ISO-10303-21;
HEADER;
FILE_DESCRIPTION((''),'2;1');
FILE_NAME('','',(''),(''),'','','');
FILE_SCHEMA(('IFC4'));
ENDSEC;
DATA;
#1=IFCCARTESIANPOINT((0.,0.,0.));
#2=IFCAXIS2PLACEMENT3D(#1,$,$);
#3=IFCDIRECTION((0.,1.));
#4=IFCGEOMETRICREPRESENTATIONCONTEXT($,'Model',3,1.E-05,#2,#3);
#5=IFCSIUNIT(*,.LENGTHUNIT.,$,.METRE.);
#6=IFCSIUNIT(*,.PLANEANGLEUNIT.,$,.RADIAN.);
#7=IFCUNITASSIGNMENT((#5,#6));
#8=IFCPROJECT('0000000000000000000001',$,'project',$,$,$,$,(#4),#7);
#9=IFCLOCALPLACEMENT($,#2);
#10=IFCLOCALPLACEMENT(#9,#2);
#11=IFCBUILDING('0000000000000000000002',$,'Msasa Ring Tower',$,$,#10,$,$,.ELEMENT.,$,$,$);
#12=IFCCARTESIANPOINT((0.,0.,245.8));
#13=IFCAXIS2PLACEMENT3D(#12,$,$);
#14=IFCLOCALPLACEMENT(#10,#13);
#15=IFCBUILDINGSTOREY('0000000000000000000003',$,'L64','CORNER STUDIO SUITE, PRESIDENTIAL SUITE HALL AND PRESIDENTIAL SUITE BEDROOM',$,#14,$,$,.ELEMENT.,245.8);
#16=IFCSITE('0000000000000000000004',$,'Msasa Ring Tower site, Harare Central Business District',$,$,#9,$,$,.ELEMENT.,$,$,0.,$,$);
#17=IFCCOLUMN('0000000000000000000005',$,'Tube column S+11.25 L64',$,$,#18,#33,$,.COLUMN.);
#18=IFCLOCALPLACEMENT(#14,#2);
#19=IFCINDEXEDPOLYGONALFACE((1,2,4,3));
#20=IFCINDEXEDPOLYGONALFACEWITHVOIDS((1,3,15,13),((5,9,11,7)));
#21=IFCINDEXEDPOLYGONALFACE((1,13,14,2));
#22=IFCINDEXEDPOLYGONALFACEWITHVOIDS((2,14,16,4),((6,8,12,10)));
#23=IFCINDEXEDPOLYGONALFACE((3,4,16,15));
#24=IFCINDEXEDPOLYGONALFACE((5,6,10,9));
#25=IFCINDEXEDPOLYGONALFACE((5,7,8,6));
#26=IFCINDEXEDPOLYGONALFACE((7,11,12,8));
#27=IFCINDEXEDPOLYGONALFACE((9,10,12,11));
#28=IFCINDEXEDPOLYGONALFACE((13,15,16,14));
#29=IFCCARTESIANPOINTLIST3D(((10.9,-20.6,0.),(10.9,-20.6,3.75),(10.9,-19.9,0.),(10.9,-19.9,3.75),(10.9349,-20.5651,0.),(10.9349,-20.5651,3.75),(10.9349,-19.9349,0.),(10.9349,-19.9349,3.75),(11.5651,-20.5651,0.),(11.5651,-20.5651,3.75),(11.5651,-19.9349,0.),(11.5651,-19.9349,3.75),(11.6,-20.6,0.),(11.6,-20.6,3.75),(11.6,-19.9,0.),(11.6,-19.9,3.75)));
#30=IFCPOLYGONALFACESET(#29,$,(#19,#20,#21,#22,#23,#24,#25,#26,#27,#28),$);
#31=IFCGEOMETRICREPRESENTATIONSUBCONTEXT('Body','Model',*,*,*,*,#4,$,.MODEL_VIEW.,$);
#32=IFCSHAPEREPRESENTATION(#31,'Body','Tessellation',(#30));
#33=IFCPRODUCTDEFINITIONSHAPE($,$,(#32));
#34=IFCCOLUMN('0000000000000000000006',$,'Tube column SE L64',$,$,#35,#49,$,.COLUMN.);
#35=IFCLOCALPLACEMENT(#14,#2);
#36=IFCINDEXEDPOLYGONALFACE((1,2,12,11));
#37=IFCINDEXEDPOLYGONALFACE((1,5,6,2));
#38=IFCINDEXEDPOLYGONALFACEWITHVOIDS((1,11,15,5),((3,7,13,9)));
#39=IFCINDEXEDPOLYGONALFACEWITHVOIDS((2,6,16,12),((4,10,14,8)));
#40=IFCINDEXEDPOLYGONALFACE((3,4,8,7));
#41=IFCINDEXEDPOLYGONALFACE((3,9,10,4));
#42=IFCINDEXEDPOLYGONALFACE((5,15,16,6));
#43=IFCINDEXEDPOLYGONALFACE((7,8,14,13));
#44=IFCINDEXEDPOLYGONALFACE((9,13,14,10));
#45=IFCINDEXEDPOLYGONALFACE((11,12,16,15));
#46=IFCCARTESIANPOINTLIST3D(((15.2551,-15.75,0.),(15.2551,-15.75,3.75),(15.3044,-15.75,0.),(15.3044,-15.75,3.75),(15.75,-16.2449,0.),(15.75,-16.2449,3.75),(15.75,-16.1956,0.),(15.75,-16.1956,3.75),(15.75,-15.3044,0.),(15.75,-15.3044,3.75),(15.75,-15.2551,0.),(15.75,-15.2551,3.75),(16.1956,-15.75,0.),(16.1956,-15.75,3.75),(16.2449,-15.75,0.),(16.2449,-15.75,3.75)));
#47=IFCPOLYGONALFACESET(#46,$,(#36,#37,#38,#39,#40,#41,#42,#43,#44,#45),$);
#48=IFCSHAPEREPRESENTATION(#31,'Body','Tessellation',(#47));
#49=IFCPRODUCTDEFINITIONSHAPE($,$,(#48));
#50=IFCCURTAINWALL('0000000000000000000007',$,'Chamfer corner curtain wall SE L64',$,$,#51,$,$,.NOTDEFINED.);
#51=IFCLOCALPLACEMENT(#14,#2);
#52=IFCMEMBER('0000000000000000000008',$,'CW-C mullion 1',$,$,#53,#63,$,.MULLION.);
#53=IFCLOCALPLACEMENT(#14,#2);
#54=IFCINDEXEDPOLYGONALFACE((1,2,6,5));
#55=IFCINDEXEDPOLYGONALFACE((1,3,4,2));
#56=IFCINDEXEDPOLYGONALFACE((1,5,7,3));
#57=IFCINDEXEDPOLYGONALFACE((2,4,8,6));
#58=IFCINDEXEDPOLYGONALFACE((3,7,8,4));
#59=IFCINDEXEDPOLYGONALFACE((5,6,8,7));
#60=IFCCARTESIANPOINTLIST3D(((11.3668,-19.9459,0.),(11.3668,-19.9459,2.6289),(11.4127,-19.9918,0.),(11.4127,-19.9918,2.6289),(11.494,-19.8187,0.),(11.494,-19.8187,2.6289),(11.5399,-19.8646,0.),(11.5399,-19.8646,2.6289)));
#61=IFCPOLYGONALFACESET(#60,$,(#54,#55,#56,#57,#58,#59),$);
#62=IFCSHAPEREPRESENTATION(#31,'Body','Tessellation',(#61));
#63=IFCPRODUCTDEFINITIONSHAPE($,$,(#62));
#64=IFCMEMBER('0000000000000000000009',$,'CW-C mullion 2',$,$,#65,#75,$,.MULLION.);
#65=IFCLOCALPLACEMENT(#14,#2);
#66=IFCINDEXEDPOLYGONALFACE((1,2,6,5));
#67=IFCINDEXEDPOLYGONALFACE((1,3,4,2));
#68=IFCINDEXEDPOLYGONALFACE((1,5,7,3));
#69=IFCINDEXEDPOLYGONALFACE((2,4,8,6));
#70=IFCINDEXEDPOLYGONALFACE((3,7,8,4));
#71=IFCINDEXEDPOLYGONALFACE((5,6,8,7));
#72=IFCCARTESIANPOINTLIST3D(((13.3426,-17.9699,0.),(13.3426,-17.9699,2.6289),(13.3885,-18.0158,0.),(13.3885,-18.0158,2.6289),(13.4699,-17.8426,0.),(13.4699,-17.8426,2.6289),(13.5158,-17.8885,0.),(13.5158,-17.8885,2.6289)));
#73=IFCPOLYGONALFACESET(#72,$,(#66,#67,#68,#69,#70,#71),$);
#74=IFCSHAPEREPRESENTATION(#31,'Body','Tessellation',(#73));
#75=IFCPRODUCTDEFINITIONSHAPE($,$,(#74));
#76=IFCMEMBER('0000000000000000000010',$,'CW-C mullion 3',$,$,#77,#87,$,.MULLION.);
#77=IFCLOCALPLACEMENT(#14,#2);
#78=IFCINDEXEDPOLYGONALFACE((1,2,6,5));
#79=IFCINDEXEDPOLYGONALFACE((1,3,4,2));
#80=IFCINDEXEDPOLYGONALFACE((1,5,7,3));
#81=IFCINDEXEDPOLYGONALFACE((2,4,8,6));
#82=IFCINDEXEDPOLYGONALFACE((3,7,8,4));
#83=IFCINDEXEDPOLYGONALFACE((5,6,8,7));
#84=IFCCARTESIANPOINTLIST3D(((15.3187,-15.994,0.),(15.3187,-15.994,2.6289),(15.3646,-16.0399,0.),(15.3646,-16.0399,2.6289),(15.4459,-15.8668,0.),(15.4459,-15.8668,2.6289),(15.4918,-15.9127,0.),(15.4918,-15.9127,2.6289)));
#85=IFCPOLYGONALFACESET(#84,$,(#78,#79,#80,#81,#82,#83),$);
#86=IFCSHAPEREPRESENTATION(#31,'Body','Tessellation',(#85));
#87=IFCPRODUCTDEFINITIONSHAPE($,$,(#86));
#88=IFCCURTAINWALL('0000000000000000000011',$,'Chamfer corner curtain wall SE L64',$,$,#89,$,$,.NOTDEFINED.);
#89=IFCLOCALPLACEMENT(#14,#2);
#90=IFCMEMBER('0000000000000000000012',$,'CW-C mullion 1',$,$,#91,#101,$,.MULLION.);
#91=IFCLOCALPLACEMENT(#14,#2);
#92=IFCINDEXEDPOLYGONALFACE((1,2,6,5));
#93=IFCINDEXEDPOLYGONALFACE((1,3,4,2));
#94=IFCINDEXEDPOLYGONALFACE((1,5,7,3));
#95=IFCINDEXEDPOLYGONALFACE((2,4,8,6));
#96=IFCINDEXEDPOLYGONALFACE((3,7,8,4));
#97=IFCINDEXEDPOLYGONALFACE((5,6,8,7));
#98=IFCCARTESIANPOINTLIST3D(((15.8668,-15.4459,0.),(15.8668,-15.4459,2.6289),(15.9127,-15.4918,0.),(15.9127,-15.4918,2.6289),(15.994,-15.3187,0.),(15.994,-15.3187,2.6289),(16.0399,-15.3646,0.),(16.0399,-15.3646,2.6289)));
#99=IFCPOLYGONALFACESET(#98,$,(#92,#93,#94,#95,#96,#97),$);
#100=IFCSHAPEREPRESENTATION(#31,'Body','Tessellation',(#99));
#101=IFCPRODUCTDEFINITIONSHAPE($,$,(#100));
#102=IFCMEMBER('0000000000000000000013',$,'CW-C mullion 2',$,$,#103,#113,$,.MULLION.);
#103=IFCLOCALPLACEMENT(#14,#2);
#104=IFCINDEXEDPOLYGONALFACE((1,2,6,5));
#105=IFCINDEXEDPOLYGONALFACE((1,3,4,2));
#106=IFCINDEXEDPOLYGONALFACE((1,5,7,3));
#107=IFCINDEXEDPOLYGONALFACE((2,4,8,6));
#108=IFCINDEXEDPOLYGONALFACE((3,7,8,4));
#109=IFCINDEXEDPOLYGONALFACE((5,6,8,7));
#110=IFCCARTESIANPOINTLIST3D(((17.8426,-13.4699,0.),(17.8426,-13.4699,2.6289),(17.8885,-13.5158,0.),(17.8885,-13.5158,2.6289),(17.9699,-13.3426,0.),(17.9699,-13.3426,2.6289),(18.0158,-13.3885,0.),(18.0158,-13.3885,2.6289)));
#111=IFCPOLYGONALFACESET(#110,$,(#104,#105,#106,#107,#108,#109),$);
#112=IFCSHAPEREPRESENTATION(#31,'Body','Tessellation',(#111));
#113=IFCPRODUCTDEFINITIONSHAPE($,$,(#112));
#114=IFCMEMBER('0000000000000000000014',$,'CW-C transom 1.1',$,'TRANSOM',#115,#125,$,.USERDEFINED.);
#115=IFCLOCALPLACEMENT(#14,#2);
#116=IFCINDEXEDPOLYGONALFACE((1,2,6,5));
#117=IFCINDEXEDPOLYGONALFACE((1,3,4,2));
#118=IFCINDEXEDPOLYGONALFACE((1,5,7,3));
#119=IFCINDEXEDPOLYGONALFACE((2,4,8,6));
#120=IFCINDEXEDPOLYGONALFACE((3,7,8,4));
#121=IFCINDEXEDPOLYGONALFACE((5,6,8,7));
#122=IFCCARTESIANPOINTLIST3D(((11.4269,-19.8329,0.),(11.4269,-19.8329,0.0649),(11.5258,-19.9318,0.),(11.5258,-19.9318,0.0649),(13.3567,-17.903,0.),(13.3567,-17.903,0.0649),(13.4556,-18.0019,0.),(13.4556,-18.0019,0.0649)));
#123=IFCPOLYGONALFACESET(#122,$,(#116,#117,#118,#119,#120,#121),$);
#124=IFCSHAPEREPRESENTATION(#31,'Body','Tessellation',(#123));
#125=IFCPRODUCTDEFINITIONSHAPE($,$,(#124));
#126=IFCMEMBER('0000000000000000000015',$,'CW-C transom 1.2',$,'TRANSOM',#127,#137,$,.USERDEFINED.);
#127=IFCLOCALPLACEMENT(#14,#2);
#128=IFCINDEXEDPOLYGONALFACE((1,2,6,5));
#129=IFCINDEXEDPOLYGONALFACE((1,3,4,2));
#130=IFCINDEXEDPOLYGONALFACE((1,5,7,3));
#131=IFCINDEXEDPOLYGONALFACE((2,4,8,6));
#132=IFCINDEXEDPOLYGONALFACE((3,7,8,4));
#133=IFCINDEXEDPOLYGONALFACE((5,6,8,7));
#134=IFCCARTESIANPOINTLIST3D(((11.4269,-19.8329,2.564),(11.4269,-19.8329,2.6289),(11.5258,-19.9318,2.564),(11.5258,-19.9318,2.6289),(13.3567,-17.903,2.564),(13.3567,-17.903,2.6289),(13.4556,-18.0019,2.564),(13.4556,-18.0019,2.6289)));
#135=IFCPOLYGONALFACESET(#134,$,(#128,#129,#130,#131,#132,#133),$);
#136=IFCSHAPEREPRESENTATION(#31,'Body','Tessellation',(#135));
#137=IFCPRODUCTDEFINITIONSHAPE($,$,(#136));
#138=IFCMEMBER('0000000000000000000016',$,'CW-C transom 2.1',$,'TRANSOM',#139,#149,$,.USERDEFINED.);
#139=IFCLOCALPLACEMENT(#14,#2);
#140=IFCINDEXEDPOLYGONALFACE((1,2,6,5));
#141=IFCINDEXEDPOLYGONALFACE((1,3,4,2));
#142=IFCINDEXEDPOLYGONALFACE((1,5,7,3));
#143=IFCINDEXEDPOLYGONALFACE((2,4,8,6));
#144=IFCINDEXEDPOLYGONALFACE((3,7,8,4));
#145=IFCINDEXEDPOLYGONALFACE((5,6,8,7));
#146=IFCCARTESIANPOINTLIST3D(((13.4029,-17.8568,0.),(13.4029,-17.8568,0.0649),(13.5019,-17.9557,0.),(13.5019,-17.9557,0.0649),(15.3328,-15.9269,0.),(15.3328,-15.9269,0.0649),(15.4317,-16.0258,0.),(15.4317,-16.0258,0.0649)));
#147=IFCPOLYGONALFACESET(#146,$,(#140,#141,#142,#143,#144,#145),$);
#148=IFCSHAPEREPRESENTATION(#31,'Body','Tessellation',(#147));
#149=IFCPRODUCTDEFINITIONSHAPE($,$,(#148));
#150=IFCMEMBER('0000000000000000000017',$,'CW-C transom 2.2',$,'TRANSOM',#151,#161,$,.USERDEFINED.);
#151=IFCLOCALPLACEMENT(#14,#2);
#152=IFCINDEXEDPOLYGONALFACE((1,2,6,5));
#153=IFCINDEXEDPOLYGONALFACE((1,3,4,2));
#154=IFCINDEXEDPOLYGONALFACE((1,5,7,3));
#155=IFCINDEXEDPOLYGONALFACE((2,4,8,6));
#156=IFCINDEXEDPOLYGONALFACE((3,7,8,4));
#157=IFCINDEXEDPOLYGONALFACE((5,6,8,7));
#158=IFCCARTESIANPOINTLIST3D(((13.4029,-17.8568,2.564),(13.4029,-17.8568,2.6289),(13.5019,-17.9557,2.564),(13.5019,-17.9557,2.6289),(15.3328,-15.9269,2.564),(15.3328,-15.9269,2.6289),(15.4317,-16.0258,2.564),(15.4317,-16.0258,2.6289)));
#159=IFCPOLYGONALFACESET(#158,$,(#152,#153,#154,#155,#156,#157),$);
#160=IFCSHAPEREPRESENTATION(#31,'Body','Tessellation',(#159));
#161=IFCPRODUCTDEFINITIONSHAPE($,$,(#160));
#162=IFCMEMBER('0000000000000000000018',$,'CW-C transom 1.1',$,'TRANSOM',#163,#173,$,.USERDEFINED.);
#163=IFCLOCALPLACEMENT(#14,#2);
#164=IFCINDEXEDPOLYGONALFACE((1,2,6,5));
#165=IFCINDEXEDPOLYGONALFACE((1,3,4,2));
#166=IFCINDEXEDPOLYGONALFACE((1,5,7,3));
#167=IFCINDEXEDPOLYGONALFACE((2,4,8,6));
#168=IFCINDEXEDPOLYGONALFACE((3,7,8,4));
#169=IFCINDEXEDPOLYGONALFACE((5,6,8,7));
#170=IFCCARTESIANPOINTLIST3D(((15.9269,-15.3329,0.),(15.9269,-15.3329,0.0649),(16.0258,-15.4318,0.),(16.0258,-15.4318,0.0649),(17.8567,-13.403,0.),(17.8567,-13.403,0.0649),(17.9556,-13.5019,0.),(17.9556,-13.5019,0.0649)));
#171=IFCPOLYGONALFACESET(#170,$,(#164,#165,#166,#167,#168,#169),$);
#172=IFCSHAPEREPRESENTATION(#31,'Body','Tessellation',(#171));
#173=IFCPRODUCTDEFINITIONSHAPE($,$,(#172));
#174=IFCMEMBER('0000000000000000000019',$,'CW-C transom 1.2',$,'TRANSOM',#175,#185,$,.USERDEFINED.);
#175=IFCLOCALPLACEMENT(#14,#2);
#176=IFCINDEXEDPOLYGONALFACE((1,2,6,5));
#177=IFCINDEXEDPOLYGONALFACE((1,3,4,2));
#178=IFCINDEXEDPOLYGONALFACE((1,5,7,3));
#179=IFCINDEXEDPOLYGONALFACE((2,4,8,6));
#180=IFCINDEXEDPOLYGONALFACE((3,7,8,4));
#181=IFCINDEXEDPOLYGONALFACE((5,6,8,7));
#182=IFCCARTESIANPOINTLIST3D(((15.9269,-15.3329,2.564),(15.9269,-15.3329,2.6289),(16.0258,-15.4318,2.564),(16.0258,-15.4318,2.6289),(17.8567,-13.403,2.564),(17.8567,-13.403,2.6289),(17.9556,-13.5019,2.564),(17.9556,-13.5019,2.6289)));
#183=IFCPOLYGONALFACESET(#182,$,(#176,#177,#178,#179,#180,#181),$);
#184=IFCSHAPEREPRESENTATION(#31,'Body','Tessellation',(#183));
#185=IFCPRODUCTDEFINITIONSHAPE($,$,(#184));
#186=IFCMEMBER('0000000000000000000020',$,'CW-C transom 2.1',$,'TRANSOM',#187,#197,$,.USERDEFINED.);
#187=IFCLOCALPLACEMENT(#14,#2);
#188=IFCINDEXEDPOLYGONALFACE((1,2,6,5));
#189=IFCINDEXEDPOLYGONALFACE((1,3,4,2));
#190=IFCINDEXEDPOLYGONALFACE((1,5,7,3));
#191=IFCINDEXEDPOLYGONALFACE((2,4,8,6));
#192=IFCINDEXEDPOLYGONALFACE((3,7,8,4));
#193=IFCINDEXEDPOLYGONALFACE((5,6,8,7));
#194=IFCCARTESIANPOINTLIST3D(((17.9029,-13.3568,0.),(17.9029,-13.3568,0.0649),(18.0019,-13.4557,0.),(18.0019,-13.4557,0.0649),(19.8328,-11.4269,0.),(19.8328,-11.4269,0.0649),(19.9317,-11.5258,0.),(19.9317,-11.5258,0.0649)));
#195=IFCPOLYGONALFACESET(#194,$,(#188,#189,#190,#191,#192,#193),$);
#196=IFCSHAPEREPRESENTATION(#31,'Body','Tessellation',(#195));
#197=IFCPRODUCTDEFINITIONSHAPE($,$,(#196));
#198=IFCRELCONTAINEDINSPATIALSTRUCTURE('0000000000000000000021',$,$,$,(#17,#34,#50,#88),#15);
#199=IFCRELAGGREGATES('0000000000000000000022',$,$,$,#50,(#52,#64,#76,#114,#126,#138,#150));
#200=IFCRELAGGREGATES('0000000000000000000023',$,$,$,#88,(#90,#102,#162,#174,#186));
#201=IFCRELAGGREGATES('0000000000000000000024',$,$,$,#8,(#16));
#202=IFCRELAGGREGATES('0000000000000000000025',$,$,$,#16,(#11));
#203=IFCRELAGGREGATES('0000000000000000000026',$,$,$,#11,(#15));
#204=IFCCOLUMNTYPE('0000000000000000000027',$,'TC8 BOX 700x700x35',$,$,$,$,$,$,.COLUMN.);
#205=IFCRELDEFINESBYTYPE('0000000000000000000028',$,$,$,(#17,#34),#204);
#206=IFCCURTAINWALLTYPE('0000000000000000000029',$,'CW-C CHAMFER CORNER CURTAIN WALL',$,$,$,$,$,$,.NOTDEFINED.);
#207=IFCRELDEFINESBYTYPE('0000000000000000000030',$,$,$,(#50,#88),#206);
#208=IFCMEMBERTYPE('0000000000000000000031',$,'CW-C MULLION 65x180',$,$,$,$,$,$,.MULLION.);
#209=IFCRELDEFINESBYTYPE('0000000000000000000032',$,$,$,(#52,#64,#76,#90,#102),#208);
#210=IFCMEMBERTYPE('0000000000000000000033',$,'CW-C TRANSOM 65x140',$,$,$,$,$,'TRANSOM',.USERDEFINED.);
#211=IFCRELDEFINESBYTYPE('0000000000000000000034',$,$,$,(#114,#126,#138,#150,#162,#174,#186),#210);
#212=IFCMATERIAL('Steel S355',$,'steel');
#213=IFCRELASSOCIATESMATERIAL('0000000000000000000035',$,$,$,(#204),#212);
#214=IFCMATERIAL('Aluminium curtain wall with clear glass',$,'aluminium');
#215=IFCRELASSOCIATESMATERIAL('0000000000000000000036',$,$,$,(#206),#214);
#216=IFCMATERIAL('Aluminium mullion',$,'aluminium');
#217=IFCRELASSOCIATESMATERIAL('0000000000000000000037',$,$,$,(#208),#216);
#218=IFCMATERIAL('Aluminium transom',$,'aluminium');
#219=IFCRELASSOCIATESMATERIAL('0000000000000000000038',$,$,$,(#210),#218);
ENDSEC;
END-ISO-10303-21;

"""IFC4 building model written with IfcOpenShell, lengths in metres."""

from ifc_helpers import new_model, si_unit, direction, frame, origin, origin_2d, place, context, subcontext, project, spatial, rectangle, hollow_rectangle, extrude, material, material_profile, profile_set, type_object, element, aggregate, save


model = new_model("IFC4")

# Units and contexts
model_context = context("Model", 3, precision=1e-05, world=origin(), true_north=direction((0.0, 1.0)))
body_context = subcontext(model_context, "Body", "Model", "MODEL_VIEW")
ifc_project = project(units=[si_unit("LENGTHUNIT", "METRE"), si_unit("PLANEANGLEUNIT", "RADIAN")], contexts=[model_context])

# Site, building, storey
site_placement = place(None, origin())
site = spatial("IfcSite", under=ifc_project, at=site_placement, Name="Msasa Ring Tower site, Harare Central Business District", CompositionType="ELEMENT", RefElevation=0.0)
building_placement = place(site_placement, origin())
building = spatial("IfcBuilding", under=site, at=building_placement, Name="Msasa Ring Tower", CompositionType="ELEMENT")
storey_placement = place(building_placement, frame((0.0, 0.0, 245.8)))
storey = spatial("IfcBuildingStorey", under=building, at=storey_placement, Name="L64", Description="CORNER STUDIO SUITE, PRESIDENTIAL SUITE HALL AND PRESIDENTIAL SUITE BEDROOM", CompositionType="ELEMENT", Elevation=245.8)

# Columns
ifc_material_1 = material(Name="Steel S355", Category="steel")
ifc_material_profile_1 = material_profile(ifc_material_1, hollow_rectangle(XDim=0.7, YDim=0.7, WallThickness=0.0349, at=origin_2d()), Name="BOX 700x700x35")
ifc_profile_set_1 = profile_set([ifc_material_profile_1], Name="Steel S355")
column_type = type_object("IfcColumnType", Name="TC8 BOX 700x700x35", PredefinedType="COLUMN", material=ifc_profile_set_1)
for number, where, z_axis, x_axis, name in (
    (1, (11.25, -20.25, 0.0), (0.0, 0.0, 1.0), (0.0, 1.0, 0.0), "Tube column S+11.25 L64"),
    (2, (15.75, -15.75, 0.0), (0.0, 0.0, 1.0), (0.707107, -0.707107, 0.0), "Tube column SE L64"),
):
    element("IfcColumn", number, at=place(storey_placement, frame(where, z_axis=z_axis, x_axis=x_axis)), inside=storey, type_object=column_type, Name=name, PredefinedType="COLUMN", context=body_context, shape_type="SweptSolid", body=[
        extrude(hollow_rectangle(XDim=0.7, YDim=0.7, WallThickness=0.0349, at=origin_2d()), origin(), (0.0, 0.0, 1.0), 3.75),
    ])

# Curtain walls, members
ifc_material_2 = material(Name="Aluminium curtain wall with clear glass", Category="aluminium")
curtain_wall_type = type_object("IfcCurtainWallType", Name="CW-C CHAMFER CORNER CURTAIN WALL", PredefinedType="NOTDEFINED", material=ifc_material_2)
curtain_wall_1_placement = place(storey_placement, origin())
curtain_wall_1 = element("IfcCurtainWall", 3, at=curtain_wall_1_placement, inside=storey, type_object=curtain_wall_type, Name="Chamfer corner curtain wall SE L64", PredefinedType="NOTDEFINED")
ifc_material_3 = material(Name="Aluminium mullion", Category="aluminium")
ifc_material_profile_2 = material_profile(ifc_material_3, rectangle(XDim=0.0649, YDim=0.1799, at=origin_2d()), Name="AL 65x180")
ifc_profile_set_2 = profile_set([ifc_material_profile_2], Name="Aluminium mullion")
member_type_1 = type_object("IfcMemberType", Name="CW-C MULLION 65x180", PredefinedType="MULLION", material=ifc_profile_set_2)
member_1_placement = place(storey_placement, frame((11.4534, -19.9053, 0.0), z_axis=(0.0, 0.0, 1.0), x_axis=(-0.707107, 0.707107, 0.0)))
member_1 = element("IfcMember", 4, at=member_1_placement, type_object=member_type_1, Name="CW-C mullion 1", PredefinedType="MULLION", context=body_context, shape_type="SweptSolid", body=[
    extrude(rectangle(XDim=0.0649, YDim=0.1799, at=origin_2d()), origin(), (0.0, 0.0, 1.0), 2.6289),
])
member_2_placement = place(storey_placement, frame((13.4292, -17.9292, 0.0), z_axis=(0.0, 0.0, 1.0), x_axis=(-0.707107, 0.707107, 0.0)))
member_2 = element("IfcMember", 5, at=member_2_placement, type_object=member_type_1, Name="CW-C mullion 2", PredefinedType="MULLION", context=body_context, shape_type="SweptSolid", body=[
    extrude(rectangle(XDim=0.0649, YDim=0.1799, at=origin_2d()), origin(), (0.0, 0.0, 1.0), 2.6289),
])
member_3_placement = place(storey_placement, frame((15.4053, -15.9534, 0.0), z_axis=(0.0, 0.0, 1.0), x_axis=(-0.707107, 0.707107, 0.0)))
member_3 = element("IfcMember", 6, at=member_3_placement, type_object=member_type_1, Name="CW-C mullion 3", PredefinedType="MULLION", context=body_context, shape_type="SweptSolid", body=[
    extrude(rectangle(XDim=0.0649, YDim=0.1799, at=origin_2d()), origin(), (0.0, 0.0, 1.0), 2.6289),
])
curtain_wall_2_placement = place(storey_placement, origin())
curtain_wall_2 = element("IfcCurtainWall", 7, at=curtain_wall_2_placement, inside=storey, type_object=curtain_wall_type, Name="Chamfer corner curtain wall SE L64", PredefinedType="NOTDEFINED")
member_4_placement = place(storey_placement, frame((15.9534, -15.4053, 0.0), z_axis=(0.0, 0.0, 1.0), x_axis=(-0.707107, 0.707107, 0.0)))
member_4 = element("IfcMember", 8, at=member_4_placement, type_object=member_type_1, Name="CW-C mullion 1", PredefinedType="MULLION", context=body_context, shape_type="SweptSolid", body=[
    extrude(rectangle(XDim=0.0649, YDim=0.1799, at=origin_2d()), origin(), (0.0, 0.0, 1.0), 2.6289),
])
member_5_placement = place(storey_placement, frame((17.9292, -13.4292, 0.0), z_axis=(0.0, 0.0, 1.0), x_axis=(-0.707107, 0.707107, 0.0)))
member_5 = element("IfcMember", 9, at=member_5_placement, type_object=member_type_1, Name="CW-C mullion 2", PredefinedType="MULLION", context=body_context, shape_type="SweptSolid", body=[
    extrude(rectangle(XDim=0.0649, YDim=0.1799, at=origin_2d()), origin(), (0.0, 0.0, 1.0), 2.6289),
])

# Members
ifc_material_4 = material(Name="Aluminium transom", Category="aluminium")
ifc_material_profile_3 = material_profile(ifc_material_4, rectangle(XDim=0.1399, YDim=0.0649, at=origin_2d()), Name="AL 65x140")
ifc_profile_set_3 = profile_set([ifc_material_profile_3], Name="Aluminium transom")
member_type_2 = type_object("IfcMemberType", Name="CW-C TRANSOM 65x140", ElementType="TRANSOM", PredefinedType="USERDEFINED", material=ifc_profile_set_3)
member_6_placement = place(storey_placement, frame((11.4763, -19.8823, 0.0325), z_axis=(0.707107, 0.707107, 0.0), x_axis=(-0.707107, 0.707107, 0.0)))
member_6 = element("IfcMember", 10, at=member_6_placement, type_object=member_type_2, Name="CW-C transom 1.1", ObjectType="TRANSOM", PredefinedType="USERDEFINED", context=body_context, shape_type="SweptSolid", body=[
    extrude(rectangle(XDim=0.1399, YDim=0.0649, at=origin_2d()), origin(), (0.0, 0.0, 1.0), 2.7292),
])
member_7_placement = place(storey_placement, frame((11.4763, -19.8823, 2.5964), z_axis=(0.707107, 0.707107, 0.0), x_axis=(-0.707107, 0.707107, 0.0)))
member_7 = element("IfcMember", 11, at=member_7_placement, type_object=member_type_2, Name="CW-C transom 1.2", ObjectType="TRANSOM", PredefinedType="USERDEFINED", context=body_context, shape_type="SweptSolid", body=[
    extrude(rectangle(XDim=0.1399, YDim=0.0649, at=origin_2d()), origin(), (0.0, 0.0, 1.0), 2.7292),
])
member_8_placement = place(storey_placement, frame((13.4524, -17.9062, 0.0325), z_axis=(0.707107, 0.707107, 0.0), x_axis=(-0.707107, 0.707107, 0.0)))
member_8 = element("IfcMember", 12, at=member_8_placement, type_object=member_type_2, Name="CW-C transom 2.1", ObjectType="TRANSOM", PredefinedType="USERDEFINED", context=body_context, shape_type="SweptSolid", body=[
    extrude(rectangle(XDim=0.1399, YDim=0.0649, at=origin_2d()), origin(), (0.0, 0.0, 1.0), 2.7292),
])
member_9_placement = place(storey_placement, frame((13.4524, -17.9062, 2.5964), z_axis=(0.707107, 0.707107, 0.0), x_axis=(-0.707107, 0.707107, 0.0)))
member_9 = element("IfcMember", 13, at=member_9_placement, type_object=member_type_2, Name="CW-C transom 2.2", ObjectType="TRANSOM", PredefinedType="USERDEFINED", context=body_context, shape_type="SweptSolid", body=[
    extrude(rectangle(XDim=0.1399, YDim=0.0649, at=origin_2d()), origin(), (0.0, 0.0, 1.0), 2.7292),
])
member_10_placement = place(storey_placement, frame((15.9763, -15.3823, 0.0325), z_axis=(0.707107, 0.707107, 0.0), x_axis=(-0.707107, 0.707107, 0.0)))
member_10 = element("IfcMember", 14, at=member_10_placement, type_object=member_type_2, Name="CW-C transom 1.1", ObjectType="TRANSOM", PredefinedType="USERDEFINED", context=body_context, shape_type="SweptSolid", body=[
    extrude(rectangle(XDim=0.1399, YDim=0.0649, at=origin_2d()), origin(), (0.0, 0.0, 1.0), 2.7292),
])
member_11_placement = place(storey_placement, frame((15.9763, -15.3823, 2.5964), z_axis=(0.707107, 0.707107, 0.0), x_axis=(-0.707107, 0.707107, 0.0)))
member_11 = element("IfcMember", 15, at=member_11_placement, type_object=member_type_2, Name="CW-C transom 1.2", ObjectType="TRANSOM", PredefinedType="USERDEFINED", context=body_context, shape_type="SweptSolid", body=[
    extrude(rectangle(XDim=0.1399, YDim=0.0649, at=origin_2d()), origin(), (0.0, 0.0, 1.0), 2.7292),
])
member_12_placement = place(storey_placement, frame((17.9524, -13.4062, 0.0325), z_axis=(0.707107, 0.707107, 0.0), x_axis=(-0.707107, 0.707107, 0.0)))
member_12 = element("IfcMember", 16, at=member_12_placement, type_object=member_type_2, Name="CW-C transom 2.1", ObjectType="TRANSOM", PredefinedType="USERDEFINED", context=body_context, shape_type="SweptSolid", body=[
    extrude(rectangle(XDim=0.1399, YDim=0.0649, at=origin_2d()), origin(), (0.0, 0.0, 1.0), 2.7292),
])

aggregate(curtain_wall_1, [member_1, member_2, member_3, member_6, member_7, member_8, member_9])
aggregate(curtain_wall_2, [member_4, member_5, member_10, member_11, member_12])

save(model, "model.ifc")
